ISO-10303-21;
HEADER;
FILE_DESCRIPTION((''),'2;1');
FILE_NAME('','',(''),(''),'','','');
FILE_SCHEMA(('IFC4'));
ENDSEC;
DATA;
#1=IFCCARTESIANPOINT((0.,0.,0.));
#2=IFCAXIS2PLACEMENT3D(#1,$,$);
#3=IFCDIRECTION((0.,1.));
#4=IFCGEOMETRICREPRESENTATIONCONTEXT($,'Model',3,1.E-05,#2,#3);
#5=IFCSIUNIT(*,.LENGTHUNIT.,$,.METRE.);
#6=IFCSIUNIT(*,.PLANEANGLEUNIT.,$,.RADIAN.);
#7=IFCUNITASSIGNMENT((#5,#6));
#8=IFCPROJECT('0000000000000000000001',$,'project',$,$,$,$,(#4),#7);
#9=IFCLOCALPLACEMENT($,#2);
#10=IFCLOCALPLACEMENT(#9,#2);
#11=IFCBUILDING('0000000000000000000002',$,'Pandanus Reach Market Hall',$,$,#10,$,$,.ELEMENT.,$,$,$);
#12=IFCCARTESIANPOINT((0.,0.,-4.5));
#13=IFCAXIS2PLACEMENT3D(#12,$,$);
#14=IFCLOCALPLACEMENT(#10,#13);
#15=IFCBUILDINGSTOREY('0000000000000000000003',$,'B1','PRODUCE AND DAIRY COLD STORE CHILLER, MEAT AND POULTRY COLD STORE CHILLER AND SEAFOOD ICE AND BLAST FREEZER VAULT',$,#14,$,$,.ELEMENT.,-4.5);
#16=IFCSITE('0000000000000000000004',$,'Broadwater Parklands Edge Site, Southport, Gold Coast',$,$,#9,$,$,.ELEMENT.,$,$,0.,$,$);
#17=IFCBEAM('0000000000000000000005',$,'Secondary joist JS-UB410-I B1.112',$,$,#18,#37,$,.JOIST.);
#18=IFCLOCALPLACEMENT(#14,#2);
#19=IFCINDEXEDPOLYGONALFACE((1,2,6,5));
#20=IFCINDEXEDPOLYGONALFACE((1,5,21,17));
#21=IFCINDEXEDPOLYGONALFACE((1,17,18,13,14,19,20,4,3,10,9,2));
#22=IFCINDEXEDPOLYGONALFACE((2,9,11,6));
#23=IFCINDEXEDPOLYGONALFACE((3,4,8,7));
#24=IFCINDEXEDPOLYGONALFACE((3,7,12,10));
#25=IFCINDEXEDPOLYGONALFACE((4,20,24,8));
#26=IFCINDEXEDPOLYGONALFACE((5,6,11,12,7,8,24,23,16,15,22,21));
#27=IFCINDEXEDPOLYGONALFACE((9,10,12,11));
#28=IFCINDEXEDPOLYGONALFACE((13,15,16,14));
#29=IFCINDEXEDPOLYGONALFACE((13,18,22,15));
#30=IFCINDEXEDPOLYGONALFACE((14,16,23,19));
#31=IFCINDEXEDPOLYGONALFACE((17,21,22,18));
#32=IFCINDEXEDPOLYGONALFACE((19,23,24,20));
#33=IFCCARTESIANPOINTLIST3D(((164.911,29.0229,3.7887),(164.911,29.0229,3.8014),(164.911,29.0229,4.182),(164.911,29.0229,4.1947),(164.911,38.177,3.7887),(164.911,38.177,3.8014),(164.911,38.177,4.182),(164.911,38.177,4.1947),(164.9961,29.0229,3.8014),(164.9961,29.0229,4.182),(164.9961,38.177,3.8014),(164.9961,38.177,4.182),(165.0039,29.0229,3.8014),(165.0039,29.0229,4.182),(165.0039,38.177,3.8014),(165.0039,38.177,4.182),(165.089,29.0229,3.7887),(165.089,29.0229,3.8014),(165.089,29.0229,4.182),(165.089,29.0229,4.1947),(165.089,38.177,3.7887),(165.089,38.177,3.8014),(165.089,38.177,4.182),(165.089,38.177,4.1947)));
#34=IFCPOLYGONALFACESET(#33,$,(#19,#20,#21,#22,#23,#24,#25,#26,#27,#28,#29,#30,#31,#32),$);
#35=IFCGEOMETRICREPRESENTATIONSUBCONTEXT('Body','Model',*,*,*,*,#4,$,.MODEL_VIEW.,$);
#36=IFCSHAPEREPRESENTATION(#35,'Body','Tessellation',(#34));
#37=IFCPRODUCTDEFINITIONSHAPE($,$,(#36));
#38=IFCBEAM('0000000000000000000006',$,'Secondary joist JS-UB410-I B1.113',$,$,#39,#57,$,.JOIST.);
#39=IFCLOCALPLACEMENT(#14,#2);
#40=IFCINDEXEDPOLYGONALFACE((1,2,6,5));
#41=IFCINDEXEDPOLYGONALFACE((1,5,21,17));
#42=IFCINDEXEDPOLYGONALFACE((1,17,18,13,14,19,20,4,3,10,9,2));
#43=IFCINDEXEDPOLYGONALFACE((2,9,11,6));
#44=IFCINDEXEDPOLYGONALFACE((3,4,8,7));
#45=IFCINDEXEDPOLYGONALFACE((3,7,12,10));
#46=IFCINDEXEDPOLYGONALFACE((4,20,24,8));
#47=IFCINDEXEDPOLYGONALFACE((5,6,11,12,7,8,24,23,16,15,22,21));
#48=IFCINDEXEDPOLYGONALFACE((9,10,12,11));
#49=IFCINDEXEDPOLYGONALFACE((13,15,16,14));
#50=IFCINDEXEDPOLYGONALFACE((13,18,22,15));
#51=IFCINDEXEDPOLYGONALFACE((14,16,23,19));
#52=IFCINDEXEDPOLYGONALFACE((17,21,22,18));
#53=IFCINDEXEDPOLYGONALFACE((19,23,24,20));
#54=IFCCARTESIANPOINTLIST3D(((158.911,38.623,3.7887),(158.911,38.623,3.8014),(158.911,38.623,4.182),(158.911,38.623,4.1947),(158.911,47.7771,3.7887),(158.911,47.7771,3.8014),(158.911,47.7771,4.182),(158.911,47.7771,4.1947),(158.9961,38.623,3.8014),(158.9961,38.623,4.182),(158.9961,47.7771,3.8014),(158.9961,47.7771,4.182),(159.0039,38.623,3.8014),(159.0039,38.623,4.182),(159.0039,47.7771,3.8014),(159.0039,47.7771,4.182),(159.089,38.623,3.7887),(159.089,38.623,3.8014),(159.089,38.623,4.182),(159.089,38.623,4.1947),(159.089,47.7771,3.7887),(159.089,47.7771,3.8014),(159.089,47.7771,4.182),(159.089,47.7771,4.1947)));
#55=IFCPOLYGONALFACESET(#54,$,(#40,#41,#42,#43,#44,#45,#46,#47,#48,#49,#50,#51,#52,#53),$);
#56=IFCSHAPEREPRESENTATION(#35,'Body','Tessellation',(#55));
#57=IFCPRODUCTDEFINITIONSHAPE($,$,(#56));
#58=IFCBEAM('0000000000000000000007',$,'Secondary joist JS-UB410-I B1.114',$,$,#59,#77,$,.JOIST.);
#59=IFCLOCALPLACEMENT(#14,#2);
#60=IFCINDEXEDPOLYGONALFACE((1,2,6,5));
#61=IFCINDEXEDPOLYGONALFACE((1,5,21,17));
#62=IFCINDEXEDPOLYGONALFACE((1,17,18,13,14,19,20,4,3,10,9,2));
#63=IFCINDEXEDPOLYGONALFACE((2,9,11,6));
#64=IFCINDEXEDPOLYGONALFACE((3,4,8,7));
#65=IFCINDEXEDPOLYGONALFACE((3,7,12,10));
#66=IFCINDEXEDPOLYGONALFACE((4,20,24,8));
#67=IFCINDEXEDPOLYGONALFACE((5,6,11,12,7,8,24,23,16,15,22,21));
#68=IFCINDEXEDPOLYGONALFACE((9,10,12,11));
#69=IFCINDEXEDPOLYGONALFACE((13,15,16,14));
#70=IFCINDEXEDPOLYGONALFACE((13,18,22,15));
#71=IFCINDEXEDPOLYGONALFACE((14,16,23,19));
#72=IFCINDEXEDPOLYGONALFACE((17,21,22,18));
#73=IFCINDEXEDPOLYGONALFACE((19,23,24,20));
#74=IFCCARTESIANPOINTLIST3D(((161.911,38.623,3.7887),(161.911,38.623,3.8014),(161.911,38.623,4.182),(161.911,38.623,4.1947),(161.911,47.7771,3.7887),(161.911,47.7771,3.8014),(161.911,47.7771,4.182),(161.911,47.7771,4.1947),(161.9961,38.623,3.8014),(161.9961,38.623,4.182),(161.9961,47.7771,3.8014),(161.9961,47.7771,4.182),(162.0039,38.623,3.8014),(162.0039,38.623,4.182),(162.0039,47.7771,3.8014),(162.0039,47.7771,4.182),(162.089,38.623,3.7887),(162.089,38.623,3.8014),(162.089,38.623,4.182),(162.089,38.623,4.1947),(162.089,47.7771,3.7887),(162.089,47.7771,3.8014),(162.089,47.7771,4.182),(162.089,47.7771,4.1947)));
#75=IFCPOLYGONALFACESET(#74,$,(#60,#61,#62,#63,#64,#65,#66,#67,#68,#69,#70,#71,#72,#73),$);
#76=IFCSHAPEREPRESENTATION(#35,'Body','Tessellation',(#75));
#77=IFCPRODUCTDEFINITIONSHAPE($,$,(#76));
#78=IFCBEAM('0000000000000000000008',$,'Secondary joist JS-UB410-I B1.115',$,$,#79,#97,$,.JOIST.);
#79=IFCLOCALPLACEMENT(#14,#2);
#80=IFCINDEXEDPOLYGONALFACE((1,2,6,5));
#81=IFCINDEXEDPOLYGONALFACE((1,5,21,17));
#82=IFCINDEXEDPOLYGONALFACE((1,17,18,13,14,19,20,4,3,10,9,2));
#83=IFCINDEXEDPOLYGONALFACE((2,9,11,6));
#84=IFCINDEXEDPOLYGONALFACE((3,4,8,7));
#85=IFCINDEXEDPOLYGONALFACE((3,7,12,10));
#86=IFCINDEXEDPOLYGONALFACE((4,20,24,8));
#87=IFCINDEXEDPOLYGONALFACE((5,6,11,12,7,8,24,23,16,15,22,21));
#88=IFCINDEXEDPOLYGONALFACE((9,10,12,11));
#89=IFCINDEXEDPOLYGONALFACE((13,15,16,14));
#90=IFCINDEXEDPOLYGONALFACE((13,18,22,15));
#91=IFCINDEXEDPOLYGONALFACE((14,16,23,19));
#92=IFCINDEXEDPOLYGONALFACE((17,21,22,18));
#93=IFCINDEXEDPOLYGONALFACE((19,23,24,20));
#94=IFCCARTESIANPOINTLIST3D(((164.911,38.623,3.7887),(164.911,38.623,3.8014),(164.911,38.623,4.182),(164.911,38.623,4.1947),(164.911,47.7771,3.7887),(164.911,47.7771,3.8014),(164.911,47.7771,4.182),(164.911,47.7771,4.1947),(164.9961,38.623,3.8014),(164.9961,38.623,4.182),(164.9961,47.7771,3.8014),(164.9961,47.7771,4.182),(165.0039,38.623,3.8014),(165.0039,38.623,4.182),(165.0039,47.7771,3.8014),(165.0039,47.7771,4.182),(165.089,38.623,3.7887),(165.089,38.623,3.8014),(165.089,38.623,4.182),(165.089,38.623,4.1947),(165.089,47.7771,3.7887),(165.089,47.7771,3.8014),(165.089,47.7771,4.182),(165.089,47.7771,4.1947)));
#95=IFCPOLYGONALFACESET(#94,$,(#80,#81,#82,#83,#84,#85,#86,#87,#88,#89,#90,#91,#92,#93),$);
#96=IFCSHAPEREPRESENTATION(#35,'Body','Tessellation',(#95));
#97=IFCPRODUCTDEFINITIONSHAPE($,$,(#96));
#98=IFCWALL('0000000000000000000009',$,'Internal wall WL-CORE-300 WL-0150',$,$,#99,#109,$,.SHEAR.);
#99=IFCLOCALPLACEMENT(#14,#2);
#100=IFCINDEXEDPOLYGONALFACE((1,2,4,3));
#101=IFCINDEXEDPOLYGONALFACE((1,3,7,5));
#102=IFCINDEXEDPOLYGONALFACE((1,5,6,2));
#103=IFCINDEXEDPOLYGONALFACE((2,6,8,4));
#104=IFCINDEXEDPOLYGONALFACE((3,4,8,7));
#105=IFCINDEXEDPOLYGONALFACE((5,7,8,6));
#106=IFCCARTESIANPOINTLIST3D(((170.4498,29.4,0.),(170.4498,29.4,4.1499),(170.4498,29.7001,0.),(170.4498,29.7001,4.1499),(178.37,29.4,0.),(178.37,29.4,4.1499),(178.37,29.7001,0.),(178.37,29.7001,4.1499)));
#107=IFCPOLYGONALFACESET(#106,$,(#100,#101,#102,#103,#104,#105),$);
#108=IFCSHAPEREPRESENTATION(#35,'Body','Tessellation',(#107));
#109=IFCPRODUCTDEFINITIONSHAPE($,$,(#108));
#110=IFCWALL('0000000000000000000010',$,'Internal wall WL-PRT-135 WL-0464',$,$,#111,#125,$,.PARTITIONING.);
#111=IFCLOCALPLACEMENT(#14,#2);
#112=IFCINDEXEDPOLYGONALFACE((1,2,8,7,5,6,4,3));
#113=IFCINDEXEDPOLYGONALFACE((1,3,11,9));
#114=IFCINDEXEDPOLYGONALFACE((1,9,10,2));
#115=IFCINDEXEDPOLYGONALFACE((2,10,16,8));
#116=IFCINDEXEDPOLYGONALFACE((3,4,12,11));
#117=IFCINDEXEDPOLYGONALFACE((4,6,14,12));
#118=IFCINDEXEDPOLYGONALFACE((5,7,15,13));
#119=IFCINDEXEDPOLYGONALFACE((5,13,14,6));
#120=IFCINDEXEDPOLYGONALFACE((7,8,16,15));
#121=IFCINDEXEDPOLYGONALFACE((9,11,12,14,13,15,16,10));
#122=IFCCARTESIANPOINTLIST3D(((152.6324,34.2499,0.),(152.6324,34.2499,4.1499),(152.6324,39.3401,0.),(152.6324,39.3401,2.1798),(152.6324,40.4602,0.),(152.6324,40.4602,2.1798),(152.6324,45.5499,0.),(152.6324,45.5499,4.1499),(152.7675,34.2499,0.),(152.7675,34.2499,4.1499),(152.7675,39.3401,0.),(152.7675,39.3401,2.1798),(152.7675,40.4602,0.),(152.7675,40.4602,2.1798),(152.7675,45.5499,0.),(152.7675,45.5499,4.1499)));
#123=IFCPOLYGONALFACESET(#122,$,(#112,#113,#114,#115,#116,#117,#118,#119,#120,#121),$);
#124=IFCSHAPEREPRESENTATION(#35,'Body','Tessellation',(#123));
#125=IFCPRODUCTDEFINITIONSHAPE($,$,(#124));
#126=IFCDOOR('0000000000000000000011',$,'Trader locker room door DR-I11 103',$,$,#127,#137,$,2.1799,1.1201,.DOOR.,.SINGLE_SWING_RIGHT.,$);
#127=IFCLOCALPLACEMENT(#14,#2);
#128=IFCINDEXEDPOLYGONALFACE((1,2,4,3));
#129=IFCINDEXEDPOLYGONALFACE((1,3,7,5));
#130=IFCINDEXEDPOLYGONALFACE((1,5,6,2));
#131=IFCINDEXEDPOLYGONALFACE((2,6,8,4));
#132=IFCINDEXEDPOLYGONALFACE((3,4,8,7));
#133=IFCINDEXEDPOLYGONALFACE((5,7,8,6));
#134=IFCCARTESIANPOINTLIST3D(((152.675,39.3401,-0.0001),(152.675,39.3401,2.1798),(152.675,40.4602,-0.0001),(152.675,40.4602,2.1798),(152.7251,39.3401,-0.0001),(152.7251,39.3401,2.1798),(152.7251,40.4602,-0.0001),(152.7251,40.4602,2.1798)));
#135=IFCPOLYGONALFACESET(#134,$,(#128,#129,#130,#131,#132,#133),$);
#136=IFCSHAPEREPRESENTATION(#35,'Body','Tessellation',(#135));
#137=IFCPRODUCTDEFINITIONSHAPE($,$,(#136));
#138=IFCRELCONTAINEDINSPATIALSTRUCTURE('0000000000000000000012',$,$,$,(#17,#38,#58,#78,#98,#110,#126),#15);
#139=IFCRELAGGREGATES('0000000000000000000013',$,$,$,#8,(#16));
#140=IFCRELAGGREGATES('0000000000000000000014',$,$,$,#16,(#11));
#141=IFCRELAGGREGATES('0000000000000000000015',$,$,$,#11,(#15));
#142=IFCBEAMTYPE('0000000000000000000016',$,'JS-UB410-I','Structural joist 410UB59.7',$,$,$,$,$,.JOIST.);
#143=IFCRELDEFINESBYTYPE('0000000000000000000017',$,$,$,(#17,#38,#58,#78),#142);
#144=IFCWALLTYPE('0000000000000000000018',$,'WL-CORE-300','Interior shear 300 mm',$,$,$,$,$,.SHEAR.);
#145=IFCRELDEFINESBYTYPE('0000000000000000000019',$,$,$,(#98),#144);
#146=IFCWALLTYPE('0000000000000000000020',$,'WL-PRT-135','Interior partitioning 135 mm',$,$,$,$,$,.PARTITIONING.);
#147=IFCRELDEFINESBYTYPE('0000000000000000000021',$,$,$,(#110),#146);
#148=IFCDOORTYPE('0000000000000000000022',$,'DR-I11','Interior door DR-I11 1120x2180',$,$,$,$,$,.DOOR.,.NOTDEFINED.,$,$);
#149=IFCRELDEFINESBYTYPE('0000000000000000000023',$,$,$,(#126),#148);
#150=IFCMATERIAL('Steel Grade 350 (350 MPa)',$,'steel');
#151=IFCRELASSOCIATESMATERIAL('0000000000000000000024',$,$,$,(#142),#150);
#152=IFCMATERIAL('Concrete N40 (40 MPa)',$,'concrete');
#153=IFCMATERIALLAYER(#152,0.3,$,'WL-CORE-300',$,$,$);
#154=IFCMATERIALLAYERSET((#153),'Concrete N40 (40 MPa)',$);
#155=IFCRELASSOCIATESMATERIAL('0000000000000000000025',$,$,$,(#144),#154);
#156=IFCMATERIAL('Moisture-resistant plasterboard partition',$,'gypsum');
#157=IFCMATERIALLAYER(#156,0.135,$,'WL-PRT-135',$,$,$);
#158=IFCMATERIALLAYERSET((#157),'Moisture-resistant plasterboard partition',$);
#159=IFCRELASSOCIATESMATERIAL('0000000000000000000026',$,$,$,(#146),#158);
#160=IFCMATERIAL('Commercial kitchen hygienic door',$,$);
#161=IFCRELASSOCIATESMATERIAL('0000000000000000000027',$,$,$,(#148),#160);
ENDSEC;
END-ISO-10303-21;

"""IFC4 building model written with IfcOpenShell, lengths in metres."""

from ifc_helpers import new_model, si_unit, direction, frame, frame_2d, origin, origin_2d, place, context, subcontext, project, spatial, rectangle, i_section, extrude, material, layer, layer_set, material_profile, profile_set, type_object, element, fill, save


model = new_model("IFC4")

# Units and contexts
model_context = context("Model", 3, precision=1e-05, world=origin(), true_north=direction((0.0, 1.0)))
body_context = subcontext(model_context, "Body", "Model", "MODEL_VIEW")
ifc_project = project(units=[si_unit("LENGTHUNIT", "METRE"), si_unit("PLANEANGLEUNIT", "RADIAN")], contexts=[model_context])

# Site, building, storey
site_placement = place(None, origin())
site = spatial("IfcSite", under=ifc_project, at=site_placement, Name="Broadwater Parklands Edge Site, Southport, Gold Coast", CompositionType="ELEMENT", RefElevation=0.0)
building_placement = place(site_placement, origin())
building = spatial("IfcBuilding", under=site, at=building_placement, Name="Pandanus Reach Market Hall", CompositionType="ELEMENT")
storey_placement = place(building_placement, frame((0.0, 0.0, -4.5)))
storey = spatial("IfcBuildingStorey", under=building, at=storey_placement, Name="B1", Description="PRODUCE AND DAIRY COLD STORE CHILLER, MEAT AND POULTRY COLD STORE CHILLER AND SEAFOOD ICE AND BLAST FREEZER VAULT", CompositionType="ELEMENT", Elevation=-4.5)

# Shared definitions
ifc_material_1 = material(Name="Concrete N40 (40 MPa)", Category="concrete")

# Beams
ifc_material_2 = material(Name="Steel Grade 350 (350 MPa)", Category="steel")
ifc_material_profile_1 = material_profile(ifc_material_2, i_section(OverallWidth=0.178, OverallDepth=0.406, WebThickness=0.0078, FlangeThickness=0.0127, at=origin_2d()), Name="410UB59.7", Category="LoadBearing")
ifc_profile_set_1 = profile_set([ifc_material_profile_1], Name="Steel Grade 350 (350 MPa)")
beam_type_1 = type_object("IfcBeamType", Name="JS-UB410-I", Description="Structural joist 410UB59.7", PredefinedType="JOIST", material=ifc_profile_set_1)
for number, where, z_axis, x_axis, name in (
    (1, (165.0, 29.0229, 3.9917), (0.0, 1.0, 0.0), (-1.0, 0.0, 0.0), "Secondary joist JS-UB410-I B1.112"),
    (2, (159.0, 38.623, 3.9917), (0.0, 1.0, 0.0), (-1.0, 0.0, 0.0), "Secondary joist JS-UB410-I B1.113"),
    (3, (162.0, 38.623, 3.9917), (0.0, 1.0, 0.0), (-1.0, 0.0, 0.0), "Secondary joist JS-UB410-I B1.114"),
    (4, (165.0, 38.623, 3.9917), (0.0, 1.0, 0.0), (-1.0, 0.0, 0.0), "Secondary joist JS-UB410-I B1.115"),
):
    element("IfcBeam", number, at=place(storey_placement, frame(where, z_axis=z_axis, x_axis=x_axis)), inside=storey, type_object=beam_type_1, Name=name, PredefinedType="JOIST", context=body_context, shape_type="SweptSolid", body=[
        extrude(i_section(OverallWidth=0.178, OverallDepth=0.406, WebThickness=0.0078, FlangeThickness=0.0127, at=origin_2d()), origin(), (0.0, 0.0, 1.0), 9.1541),
    ])

# Wall
ifc_layer_1 = layer(ifc_material_1, 0.3, Name="WL-CORE-300")
ifc_layer_set_1 = layer_set([ifc_layer_1], Name="Concrete N40 (40 MPa)")
wall_type_1 = type_object("IfcWallType", Name="WL-CORE-300", Description="Interior shear 300 mm", PredefinedType="SHEAR", material=ifc_layer_set_1)
wall_1_placement = place(storey_placement, frame((170.45, 29.55, 0.0), z_axis=(0.0, 0.0, 1.0), x_axis=(1.0, 0.0, 0.0)))
element("IfcWall", 5, at=wall_1_placement, inside=storey, type_object=wall_type_1, Name="Internal wall WL-CORE-300 WL-0150", PredefinedType="SHEAR", context=body_context, shape_type="SweptSolid", body=[
    extrude(rectangle(XDim=7.9202, YDim=0.3, at=frame_2d((3.96, 0.0))), origin(), (0.0, 0.0, 1.0), 4.1499),
])

# Wall, opening, door
ifc_material_3 = material(Name="Moisture-resistant plasterboard partition", Category="gypsum")
ifc_layer_2 = layer(ifc_material_3, 0.135, Name="WL-PRT-135")
ifc_layer_set_2 = layer_set([ifc_layer_2], Name="Moisture-resistant plasterboard partition")
wall_type_2 = type_object("IfcWallType", Name="WL-PRT-135", Description="Interior partitioning 135 mm", PredefinedType="PARTITIONING", material=ifc_layer_set_2)
wall_2_placement = place(storey_placement, frame((152.7, 34.25, 0.0), z_axis=(0.0, 0.0, 1.0), x_axis=(0.0, 1.0, 0.0)))
wall_2 = element("IfcWall", 6, at=wall_2_placement, inside=storey, type_object=wall_type_2, Name="Internal wall WL-PRT-135 WL-0464", PredefinedType="PARTITIONING", context=body_context, shape_type="SweptSolid", body=[
    extrude(rectangle(XDim=11.3, YDim=0.135, at=frame_2d((5.6499, 0.0))), origin(), (0.0, 0.0, 1.0), 4.1499),
])
opening_placement = place(wall_2_placement, frame((5.0901, 0.0, 0.0)))
opening = element("IfcOpeningElement", 7, at=opening_placement, cuts=wall_2, PredefinedType="OPENING", context=body_context, shape_type="SweptSolid", body=[
    extrude(rectangle(XDim=1.1201, YDim=2.1799, at=frame_2d((0.5601, 1.0898))), frame((0.0, 0.0825, 0.0), z_axis=(0.0, -1.0, 0.0), x_axis=(1.0, 0.0, 0.0)), (0.0, 0.0, 1.0), 0.165),
])
ifc_material_4 = material(Name="Commercial kitchen hygienic door")
door_type = type_object("IfcDoorType", Name="DR-I11", Description="Interior door DR-I11 1120x2180", OperationType="NOTDEFINED", PredefinedType="DOOR", material=ifc_material_4)
door_placement = place(opening_placement, origin())
door = element("IfcDoor", 8, at=door_placement, inside=storey, type_object=door_type, Name="Trader locker room door DR-I11 103", OperationType="SINGLE_SWING_RIGHT", OverallHeight=2.1799, OverallWidth=1.1201, PredefinedType="DOOR", context=body_context, shape_type="SweptSolid", body=[
    extrude(rectangle(XDim=1.1201, YDim=2.1799, at=frame_2d((0.5601, 1.0898))), frame((0.0, 0.0249, 0.0), z_axis=(0.0, -1.0, 0.0), x_axis=(1.0, 0.0, 0.0)), (0.0, 0.0, 1.0), 0.05),
])
fill(opening, door)

save(model, "model.ifc")
